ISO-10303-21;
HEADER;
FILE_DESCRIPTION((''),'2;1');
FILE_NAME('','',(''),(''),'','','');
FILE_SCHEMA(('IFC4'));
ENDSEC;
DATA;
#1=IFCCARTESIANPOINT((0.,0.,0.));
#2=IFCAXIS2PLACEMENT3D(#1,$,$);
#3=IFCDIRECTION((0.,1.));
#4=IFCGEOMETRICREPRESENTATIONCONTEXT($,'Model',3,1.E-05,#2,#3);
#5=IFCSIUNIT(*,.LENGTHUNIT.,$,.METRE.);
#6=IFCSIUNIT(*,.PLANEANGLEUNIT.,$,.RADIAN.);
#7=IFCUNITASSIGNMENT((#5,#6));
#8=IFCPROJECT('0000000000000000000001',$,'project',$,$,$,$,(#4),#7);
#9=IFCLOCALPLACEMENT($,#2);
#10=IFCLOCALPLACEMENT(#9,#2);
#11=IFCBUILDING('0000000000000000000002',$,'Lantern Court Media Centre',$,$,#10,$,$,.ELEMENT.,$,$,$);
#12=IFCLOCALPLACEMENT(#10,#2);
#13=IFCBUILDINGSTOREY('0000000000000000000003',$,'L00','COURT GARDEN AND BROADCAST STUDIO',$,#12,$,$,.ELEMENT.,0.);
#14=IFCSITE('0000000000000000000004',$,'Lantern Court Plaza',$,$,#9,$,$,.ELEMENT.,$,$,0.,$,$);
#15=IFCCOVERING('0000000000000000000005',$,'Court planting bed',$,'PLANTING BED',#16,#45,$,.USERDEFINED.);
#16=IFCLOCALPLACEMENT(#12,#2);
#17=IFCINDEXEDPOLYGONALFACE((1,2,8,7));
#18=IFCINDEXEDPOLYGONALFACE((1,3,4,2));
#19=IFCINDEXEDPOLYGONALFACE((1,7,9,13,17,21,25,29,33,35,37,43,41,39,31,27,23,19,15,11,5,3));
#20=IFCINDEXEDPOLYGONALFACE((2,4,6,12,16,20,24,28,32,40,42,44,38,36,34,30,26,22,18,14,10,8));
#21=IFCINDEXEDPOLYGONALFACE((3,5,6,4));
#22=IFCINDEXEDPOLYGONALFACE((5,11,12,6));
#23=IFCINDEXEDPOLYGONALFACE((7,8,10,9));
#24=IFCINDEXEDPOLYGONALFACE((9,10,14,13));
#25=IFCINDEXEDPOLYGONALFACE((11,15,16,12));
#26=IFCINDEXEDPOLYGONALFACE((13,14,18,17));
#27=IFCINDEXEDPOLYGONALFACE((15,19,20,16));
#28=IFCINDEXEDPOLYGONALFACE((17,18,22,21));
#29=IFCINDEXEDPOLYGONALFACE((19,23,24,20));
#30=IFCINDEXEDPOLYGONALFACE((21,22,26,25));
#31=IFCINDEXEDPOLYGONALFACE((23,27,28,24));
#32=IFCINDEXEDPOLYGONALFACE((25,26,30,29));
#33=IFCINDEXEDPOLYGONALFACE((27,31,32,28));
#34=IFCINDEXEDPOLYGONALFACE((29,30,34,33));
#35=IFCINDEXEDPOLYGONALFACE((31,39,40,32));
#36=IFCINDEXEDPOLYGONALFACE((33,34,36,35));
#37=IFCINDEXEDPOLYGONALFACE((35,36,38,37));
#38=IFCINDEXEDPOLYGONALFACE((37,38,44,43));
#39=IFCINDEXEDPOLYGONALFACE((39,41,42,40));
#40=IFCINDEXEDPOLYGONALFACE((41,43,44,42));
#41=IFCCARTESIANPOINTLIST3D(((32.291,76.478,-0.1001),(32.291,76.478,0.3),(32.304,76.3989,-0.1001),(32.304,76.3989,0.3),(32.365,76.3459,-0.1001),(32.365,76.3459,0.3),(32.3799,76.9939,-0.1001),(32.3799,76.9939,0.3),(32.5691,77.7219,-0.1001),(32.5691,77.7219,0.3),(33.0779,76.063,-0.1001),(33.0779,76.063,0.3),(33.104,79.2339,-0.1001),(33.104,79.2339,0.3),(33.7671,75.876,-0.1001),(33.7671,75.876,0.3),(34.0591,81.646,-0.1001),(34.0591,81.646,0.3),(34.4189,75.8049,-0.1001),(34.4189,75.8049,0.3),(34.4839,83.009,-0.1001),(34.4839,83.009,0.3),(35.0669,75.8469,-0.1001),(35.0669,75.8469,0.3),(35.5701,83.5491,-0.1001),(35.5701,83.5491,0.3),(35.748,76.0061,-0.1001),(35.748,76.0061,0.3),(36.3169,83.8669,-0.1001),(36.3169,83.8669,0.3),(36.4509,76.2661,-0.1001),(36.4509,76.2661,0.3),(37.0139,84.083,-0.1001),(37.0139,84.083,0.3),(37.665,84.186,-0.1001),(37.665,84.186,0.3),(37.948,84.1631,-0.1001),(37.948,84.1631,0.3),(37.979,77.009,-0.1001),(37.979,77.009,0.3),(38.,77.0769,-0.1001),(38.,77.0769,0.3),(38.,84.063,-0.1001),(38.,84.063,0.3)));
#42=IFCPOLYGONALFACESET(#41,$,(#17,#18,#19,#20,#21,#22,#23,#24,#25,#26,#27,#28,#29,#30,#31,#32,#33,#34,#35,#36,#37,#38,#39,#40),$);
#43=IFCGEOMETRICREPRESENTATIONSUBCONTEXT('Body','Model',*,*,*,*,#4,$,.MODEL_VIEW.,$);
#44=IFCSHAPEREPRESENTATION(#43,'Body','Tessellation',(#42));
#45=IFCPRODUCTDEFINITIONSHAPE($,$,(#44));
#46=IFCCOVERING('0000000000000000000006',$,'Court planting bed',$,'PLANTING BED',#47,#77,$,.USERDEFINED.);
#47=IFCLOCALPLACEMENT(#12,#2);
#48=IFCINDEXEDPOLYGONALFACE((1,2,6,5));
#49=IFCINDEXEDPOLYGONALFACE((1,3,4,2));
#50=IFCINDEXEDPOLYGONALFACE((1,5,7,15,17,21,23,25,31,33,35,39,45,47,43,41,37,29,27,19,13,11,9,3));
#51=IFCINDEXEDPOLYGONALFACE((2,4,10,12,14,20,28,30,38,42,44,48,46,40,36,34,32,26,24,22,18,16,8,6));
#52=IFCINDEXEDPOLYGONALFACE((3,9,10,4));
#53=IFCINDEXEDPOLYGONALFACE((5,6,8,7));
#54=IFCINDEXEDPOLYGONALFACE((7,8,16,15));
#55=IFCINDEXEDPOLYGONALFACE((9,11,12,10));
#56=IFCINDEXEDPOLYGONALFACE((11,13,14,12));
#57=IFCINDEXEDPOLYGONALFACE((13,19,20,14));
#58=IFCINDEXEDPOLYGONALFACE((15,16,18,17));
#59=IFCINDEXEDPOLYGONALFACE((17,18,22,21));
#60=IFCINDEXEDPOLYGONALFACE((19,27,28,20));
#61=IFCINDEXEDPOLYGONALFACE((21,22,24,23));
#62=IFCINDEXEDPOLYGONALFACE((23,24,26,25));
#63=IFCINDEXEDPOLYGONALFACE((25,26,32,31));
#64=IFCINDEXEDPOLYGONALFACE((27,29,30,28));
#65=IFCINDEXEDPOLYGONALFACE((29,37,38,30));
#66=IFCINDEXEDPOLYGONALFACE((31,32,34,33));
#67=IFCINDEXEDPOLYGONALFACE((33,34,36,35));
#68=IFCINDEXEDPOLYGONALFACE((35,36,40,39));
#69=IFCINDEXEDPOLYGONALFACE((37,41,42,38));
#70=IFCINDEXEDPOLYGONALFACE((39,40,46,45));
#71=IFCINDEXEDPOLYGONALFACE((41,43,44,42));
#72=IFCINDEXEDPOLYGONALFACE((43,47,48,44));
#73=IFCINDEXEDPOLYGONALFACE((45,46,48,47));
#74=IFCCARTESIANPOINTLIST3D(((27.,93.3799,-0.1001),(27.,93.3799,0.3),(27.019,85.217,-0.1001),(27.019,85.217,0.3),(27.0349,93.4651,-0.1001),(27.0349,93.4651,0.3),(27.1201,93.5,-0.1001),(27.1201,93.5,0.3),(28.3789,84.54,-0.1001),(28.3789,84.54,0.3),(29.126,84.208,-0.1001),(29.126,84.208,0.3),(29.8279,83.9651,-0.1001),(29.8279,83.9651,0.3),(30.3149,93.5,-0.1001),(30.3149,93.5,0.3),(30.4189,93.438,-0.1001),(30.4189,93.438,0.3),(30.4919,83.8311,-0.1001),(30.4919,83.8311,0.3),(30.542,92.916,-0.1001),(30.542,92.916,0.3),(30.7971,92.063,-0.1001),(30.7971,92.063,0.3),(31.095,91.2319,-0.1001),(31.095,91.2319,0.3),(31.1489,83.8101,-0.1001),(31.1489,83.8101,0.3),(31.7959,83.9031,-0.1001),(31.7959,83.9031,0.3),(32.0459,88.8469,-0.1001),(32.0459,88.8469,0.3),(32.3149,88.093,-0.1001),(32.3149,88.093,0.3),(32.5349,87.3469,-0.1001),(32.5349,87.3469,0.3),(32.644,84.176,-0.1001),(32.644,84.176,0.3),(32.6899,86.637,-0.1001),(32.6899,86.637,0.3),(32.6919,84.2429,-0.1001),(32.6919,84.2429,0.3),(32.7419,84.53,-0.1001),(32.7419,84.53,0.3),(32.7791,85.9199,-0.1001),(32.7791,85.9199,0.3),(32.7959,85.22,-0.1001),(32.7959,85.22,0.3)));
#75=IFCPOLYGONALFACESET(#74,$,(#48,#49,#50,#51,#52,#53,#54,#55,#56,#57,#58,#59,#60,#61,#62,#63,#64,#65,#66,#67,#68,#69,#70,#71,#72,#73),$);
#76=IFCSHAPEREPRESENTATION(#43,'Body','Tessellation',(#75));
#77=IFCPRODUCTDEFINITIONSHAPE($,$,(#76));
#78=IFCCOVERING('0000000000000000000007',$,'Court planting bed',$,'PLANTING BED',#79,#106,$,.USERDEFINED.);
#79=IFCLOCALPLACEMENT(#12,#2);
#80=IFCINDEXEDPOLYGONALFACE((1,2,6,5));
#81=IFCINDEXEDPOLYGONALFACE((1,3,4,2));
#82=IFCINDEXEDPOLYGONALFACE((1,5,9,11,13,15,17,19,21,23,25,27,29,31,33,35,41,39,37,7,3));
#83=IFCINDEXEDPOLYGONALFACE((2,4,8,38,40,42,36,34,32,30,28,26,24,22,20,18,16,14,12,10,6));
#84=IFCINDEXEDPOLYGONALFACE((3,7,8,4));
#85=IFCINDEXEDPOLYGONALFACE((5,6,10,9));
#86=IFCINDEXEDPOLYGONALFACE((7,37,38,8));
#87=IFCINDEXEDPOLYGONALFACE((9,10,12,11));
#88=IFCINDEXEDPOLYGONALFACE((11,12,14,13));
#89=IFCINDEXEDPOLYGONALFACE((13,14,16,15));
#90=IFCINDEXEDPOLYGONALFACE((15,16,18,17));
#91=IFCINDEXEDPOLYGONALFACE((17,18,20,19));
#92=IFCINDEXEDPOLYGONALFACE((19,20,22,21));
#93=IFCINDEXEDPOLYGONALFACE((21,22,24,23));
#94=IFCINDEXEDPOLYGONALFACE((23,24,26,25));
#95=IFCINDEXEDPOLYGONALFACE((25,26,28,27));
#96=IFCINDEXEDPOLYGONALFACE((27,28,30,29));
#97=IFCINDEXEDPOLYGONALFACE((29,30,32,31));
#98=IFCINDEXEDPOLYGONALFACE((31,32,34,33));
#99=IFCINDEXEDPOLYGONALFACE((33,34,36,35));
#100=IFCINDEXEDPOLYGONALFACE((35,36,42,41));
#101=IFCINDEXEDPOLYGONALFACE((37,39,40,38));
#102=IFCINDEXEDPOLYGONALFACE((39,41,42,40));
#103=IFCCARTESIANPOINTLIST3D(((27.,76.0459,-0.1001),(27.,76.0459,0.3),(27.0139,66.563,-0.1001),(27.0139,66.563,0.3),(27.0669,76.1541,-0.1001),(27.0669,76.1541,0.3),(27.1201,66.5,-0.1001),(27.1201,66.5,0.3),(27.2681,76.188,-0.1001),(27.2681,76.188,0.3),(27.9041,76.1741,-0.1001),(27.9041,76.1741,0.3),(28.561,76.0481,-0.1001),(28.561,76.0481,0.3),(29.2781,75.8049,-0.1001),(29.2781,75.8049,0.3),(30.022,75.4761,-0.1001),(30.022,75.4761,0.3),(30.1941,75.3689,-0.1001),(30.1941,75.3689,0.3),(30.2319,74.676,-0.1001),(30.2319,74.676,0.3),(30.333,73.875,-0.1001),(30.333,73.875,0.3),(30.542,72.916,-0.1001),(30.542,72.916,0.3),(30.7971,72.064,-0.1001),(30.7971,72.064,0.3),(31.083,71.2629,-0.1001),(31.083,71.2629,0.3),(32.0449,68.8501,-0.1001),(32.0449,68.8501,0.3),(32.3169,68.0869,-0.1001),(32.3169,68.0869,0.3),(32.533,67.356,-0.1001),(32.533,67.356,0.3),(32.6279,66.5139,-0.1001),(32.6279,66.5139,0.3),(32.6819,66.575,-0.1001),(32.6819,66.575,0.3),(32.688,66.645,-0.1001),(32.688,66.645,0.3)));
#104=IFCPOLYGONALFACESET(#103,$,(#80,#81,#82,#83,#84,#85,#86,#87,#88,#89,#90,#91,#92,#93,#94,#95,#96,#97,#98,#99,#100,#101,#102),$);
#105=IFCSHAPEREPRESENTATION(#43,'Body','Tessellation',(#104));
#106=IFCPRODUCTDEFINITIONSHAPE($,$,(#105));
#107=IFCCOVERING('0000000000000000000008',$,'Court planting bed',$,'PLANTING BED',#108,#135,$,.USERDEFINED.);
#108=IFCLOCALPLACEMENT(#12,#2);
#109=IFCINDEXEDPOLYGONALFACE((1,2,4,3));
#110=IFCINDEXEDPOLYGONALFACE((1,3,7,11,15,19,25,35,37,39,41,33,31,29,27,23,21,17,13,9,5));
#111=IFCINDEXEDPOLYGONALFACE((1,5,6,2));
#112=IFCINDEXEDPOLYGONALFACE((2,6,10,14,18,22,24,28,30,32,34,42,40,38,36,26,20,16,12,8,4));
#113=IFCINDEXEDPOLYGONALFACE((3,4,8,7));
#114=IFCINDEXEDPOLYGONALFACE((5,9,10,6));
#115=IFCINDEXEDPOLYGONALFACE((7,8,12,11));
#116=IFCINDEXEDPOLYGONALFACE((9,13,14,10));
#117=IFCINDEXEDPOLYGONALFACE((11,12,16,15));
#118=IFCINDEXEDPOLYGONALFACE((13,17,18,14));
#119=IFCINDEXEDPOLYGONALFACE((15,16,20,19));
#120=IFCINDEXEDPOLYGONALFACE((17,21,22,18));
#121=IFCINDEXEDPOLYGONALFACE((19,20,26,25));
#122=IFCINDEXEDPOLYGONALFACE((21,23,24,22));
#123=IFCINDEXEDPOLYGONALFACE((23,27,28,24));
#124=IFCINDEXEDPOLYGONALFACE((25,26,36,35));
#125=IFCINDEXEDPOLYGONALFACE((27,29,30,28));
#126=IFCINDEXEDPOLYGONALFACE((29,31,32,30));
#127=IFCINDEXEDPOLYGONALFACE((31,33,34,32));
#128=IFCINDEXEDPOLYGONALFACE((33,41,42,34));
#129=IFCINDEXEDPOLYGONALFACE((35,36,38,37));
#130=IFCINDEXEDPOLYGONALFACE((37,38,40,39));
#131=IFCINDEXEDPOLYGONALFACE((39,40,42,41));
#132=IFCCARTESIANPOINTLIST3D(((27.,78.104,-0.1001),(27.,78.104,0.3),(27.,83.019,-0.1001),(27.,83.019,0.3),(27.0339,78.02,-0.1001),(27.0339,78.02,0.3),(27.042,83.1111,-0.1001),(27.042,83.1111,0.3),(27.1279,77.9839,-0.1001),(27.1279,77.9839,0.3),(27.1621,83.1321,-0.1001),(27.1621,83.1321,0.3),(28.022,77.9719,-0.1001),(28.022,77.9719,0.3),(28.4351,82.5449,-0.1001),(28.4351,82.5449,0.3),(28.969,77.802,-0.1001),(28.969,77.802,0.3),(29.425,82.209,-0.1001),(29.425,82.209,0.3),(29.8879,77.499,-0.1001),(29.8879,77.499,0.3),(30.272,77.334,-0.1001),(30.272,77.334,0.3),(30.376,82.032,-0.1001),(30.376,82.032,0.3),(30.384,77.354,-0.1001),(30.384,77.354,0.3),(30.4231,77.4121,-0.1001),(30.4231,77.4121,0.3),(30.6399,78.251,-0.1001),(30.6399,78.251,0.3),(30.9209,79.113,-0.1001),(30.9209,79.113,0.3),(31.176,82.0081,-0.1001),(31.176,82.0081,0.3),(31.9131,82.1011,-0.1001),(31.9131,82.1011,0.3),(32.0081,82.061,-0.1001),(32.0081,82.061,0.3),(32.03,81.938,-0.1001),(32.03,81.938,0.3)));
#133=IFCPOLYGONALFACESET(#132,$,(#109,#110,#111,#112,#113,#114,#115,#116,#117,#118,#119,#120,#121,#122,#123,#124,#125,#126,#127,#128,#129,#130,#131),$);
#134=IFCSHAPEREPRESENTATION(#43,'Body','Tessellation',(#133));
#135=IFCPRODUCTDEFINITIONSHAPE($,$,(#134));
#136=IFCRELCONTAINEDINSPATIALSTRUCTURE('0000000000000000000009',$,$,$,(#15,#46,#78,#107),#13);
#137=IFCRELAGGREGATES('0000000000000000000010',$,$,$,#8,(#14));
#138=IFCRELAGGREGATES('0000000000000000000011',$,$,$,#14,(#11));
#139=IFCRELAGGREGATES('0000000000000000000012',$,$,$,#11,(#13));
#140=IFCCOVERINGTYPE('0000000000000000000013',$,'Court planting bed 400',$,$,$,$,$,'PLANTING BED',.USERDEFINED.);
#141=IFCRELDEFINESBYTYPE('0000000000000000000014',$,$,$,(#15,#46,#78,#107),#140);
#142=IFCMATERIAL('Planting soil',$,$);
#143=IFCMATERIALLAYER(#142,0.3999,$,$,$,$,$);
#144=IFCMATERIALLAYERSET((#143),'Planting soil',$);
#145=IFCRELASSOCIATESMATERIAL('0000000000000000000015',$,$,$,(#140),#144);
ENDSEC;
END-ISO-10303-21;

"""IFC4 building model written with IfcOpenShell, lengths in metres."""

from ifc_helpers import new_model, si_unit, direction, frame, origin, place, context, subcontext, project, spatial, polyline, outline, extrude, material, layer, layer_set, type_object, element, save


model = new_model("IFC4")

# Units and contexts
model_context = context("Model", 3, precision=1e-05, world=origin(), true_north=direction((0.0, 1.0)))
body_context = subcontext(model_context, "Body", "Model", "MODEL_VIEW")
ifc_project = project(units=[si_unit("LENGTHUNIT", "METRE"), si_unit("PLANEANGLEUNIT", "RADIAN")], contexts=[model_context])

# Site, building, storey
site_placement = place(None, origin())
site = spatial("IfcSite", under=ifc_project, at=site_placement, Name="Lantern Court Plaza", CompositionType="ELEMENT", RefElevation=0.0)
building_placement = place(site_placement, origin())
building = spatial("IfcBuilding", under=site, at=building_placement, Name="Lantern Court Media Centre", CompositionType="ELEMENT")
storey_placement = place(building_placement, origin())
storey = spatial("IfcBuildingStorey", under=building, at=storey_placement, Name="L00", Description="COURT GARDEN AND BROADCAST STUDIO", CompositionType="ELEMENT", Elevation=0.0)

# Coverings
ifc_material_1 = material(Name="Planting soil")
ifc_layer_1 = layer(ifc_material_1, 0.3999)
ifc_layer_set_1 = layer_set([ifc_layer_1], Name="Planting soil")
covering_type_1 = type_object("IfcCoveringType", Name="Court planting bed 400", ElementType="PLANTING BED", PredefinedType="USERDEFINED", material=ifc_layer_set_1)
covering_1_placement = place(storey_placement, frame((0.0, 0.0, -0.1001)))
element("IfcCovering", 1, at=covering_1_placement, inside=storey, type_object=covering_type_1, Name="Court planting bed", ObjectType="PLANTING BED", PredefinedType="USERDEFINED", context=body_context, shape_type="SweptSolid", body=[
    extrude(outline(polyline([(32.291, 76.478), (32.3799, 76.9939), (32.5691, 77.7219), (33.104, 79.2339), (34.0591, 81.646), (34.4839, 83.009), (35.5701, 83.5491), (36.3169, 83.8669), (37.0139, 84.083), (37.665, 84.186), (37.948, 84.1631), (38.0, 84.063), (38.0, 77.0769), (37.979, 77.009), (36.4509, 76.2661), (35.748, 76.0061), (35.0669, 75.8469), (34.4189, 75.8049), (33.7671, 75.876), (33.0779, 76.063), (32.365, 76.3459), (32.304, 76.3989), (32.291, 76.478)])), origin(), (0.0, 0.0, 1.0), 0.4001),
])
covering_2_placement = place(storey_placement, frame((0.0, 0.0, -0.1001)))
element("IfcCovering", 2, at=covering_2_placement, inside=storey, type_object=covering_type_1, Name="Court planting bed", ObjectType="PLANTING BED", PredefinedType="USERDEFINED", context=body_context, shape_type="SweptSolid", body=[
    extrude(outline(polyline([(27.1201, 93.5), (30.3149, 93.5), (30.4189, 93.438), (30.542, 92.916), (30.7971, 92.063), (31.095, 91.2319), (32.0459, 88.8469), (32.3149, 88.093), (32.5349, 87.3469), (32.6899, 86.637), (32.7791, 85.9199), (32.7959, 85.22), (32.7419, 84.53), (32.6919, 84.2429), (32.644, 84.176), (31.7959, 83.9031), (31.1489, 83.8101), (30.4919, 83.8311), (29.8279, 83.9651), (29.126, 84.208), (28.3789, 84.54), (27.019, 85.217), (27.0, 93.3799), (27.0349, 93.4651), (27.1201, 93.5)])), origin(), (0.0, 0.0, 1.0), 0.4001),
])
covering_3_placement = place(storey_placement, frame((0.0, 0.0, -0.1001)))
element("IfcCovering", 3, at=covering_3_placement, inside=storey, type_object=covering_type_1, Name="Court planting bed", ObjectType="PLANTING BED", PredefinedType="USERDEFINED", context=body_context, shape_type="SweptSolid", body=[
    extrude(outline(polyline([(27.2681, 76.188), (27.9041, 76.1741), (28.561, 76.0481), (29.2781, 75.8049), (30.022, 75.4761), (30.1941, 75.3689), (30.2319, 74.676), (30.333, 73.875), (30.542, 72.916), (30.7971, 72.064), (31.083, 71.2629), (32.0449, 68.8501), (32.3169, 68.0869), (32.533, 67.356), (32.688, 66.645), (32.6819, 66.575), (32.6279, 66.5139), (27.1201, 66.5), (27.0139, 66.563), (27.0, 76.0459), (27.0669, 76.1541), (27.2681, 76.188)])), origin(), (0.0, 0.0, 1.0), 0.4001),
])
covering_4_placement = place(storey_placement, frame((0.0, 0.0, -0.1001)))
element("IfcCovering", 4, at=covering_4_placement, inside=storey, type_object=covering_type_1, Name="Court planting bed", ObjectType="PLANTING BED", PredefinedType="USERDEFINED", context=body_context, shape_type="SweptSolid", body=[
    extrude(outline(polyline([(27.0, 78.104), (27.0, 83.019), (27.042, 83.1111), (27.1621, 83.1321), (28.4351, 82.5449), (29.425, 82.209), (30.376, 82.032), (31.176, 82.0081), (31.9131, 82.1011), (32.0081, 82.061), (32.03, 81.938), (30.9209, 79.113), (30.6399, 78.251), (30.4231, 77.4121), (30.384, 77.354), (30.272, 77.334), (29.8879, 77.499), (28.969, 77.802), (28.022, 77.9719), (27.1279, 77.9839), (27.0339, 78.02), (27.0, 78.104)])), origin(), (0.0, 0.0, 1.0), 0.4001),
])

save(model, "model.ifc")
